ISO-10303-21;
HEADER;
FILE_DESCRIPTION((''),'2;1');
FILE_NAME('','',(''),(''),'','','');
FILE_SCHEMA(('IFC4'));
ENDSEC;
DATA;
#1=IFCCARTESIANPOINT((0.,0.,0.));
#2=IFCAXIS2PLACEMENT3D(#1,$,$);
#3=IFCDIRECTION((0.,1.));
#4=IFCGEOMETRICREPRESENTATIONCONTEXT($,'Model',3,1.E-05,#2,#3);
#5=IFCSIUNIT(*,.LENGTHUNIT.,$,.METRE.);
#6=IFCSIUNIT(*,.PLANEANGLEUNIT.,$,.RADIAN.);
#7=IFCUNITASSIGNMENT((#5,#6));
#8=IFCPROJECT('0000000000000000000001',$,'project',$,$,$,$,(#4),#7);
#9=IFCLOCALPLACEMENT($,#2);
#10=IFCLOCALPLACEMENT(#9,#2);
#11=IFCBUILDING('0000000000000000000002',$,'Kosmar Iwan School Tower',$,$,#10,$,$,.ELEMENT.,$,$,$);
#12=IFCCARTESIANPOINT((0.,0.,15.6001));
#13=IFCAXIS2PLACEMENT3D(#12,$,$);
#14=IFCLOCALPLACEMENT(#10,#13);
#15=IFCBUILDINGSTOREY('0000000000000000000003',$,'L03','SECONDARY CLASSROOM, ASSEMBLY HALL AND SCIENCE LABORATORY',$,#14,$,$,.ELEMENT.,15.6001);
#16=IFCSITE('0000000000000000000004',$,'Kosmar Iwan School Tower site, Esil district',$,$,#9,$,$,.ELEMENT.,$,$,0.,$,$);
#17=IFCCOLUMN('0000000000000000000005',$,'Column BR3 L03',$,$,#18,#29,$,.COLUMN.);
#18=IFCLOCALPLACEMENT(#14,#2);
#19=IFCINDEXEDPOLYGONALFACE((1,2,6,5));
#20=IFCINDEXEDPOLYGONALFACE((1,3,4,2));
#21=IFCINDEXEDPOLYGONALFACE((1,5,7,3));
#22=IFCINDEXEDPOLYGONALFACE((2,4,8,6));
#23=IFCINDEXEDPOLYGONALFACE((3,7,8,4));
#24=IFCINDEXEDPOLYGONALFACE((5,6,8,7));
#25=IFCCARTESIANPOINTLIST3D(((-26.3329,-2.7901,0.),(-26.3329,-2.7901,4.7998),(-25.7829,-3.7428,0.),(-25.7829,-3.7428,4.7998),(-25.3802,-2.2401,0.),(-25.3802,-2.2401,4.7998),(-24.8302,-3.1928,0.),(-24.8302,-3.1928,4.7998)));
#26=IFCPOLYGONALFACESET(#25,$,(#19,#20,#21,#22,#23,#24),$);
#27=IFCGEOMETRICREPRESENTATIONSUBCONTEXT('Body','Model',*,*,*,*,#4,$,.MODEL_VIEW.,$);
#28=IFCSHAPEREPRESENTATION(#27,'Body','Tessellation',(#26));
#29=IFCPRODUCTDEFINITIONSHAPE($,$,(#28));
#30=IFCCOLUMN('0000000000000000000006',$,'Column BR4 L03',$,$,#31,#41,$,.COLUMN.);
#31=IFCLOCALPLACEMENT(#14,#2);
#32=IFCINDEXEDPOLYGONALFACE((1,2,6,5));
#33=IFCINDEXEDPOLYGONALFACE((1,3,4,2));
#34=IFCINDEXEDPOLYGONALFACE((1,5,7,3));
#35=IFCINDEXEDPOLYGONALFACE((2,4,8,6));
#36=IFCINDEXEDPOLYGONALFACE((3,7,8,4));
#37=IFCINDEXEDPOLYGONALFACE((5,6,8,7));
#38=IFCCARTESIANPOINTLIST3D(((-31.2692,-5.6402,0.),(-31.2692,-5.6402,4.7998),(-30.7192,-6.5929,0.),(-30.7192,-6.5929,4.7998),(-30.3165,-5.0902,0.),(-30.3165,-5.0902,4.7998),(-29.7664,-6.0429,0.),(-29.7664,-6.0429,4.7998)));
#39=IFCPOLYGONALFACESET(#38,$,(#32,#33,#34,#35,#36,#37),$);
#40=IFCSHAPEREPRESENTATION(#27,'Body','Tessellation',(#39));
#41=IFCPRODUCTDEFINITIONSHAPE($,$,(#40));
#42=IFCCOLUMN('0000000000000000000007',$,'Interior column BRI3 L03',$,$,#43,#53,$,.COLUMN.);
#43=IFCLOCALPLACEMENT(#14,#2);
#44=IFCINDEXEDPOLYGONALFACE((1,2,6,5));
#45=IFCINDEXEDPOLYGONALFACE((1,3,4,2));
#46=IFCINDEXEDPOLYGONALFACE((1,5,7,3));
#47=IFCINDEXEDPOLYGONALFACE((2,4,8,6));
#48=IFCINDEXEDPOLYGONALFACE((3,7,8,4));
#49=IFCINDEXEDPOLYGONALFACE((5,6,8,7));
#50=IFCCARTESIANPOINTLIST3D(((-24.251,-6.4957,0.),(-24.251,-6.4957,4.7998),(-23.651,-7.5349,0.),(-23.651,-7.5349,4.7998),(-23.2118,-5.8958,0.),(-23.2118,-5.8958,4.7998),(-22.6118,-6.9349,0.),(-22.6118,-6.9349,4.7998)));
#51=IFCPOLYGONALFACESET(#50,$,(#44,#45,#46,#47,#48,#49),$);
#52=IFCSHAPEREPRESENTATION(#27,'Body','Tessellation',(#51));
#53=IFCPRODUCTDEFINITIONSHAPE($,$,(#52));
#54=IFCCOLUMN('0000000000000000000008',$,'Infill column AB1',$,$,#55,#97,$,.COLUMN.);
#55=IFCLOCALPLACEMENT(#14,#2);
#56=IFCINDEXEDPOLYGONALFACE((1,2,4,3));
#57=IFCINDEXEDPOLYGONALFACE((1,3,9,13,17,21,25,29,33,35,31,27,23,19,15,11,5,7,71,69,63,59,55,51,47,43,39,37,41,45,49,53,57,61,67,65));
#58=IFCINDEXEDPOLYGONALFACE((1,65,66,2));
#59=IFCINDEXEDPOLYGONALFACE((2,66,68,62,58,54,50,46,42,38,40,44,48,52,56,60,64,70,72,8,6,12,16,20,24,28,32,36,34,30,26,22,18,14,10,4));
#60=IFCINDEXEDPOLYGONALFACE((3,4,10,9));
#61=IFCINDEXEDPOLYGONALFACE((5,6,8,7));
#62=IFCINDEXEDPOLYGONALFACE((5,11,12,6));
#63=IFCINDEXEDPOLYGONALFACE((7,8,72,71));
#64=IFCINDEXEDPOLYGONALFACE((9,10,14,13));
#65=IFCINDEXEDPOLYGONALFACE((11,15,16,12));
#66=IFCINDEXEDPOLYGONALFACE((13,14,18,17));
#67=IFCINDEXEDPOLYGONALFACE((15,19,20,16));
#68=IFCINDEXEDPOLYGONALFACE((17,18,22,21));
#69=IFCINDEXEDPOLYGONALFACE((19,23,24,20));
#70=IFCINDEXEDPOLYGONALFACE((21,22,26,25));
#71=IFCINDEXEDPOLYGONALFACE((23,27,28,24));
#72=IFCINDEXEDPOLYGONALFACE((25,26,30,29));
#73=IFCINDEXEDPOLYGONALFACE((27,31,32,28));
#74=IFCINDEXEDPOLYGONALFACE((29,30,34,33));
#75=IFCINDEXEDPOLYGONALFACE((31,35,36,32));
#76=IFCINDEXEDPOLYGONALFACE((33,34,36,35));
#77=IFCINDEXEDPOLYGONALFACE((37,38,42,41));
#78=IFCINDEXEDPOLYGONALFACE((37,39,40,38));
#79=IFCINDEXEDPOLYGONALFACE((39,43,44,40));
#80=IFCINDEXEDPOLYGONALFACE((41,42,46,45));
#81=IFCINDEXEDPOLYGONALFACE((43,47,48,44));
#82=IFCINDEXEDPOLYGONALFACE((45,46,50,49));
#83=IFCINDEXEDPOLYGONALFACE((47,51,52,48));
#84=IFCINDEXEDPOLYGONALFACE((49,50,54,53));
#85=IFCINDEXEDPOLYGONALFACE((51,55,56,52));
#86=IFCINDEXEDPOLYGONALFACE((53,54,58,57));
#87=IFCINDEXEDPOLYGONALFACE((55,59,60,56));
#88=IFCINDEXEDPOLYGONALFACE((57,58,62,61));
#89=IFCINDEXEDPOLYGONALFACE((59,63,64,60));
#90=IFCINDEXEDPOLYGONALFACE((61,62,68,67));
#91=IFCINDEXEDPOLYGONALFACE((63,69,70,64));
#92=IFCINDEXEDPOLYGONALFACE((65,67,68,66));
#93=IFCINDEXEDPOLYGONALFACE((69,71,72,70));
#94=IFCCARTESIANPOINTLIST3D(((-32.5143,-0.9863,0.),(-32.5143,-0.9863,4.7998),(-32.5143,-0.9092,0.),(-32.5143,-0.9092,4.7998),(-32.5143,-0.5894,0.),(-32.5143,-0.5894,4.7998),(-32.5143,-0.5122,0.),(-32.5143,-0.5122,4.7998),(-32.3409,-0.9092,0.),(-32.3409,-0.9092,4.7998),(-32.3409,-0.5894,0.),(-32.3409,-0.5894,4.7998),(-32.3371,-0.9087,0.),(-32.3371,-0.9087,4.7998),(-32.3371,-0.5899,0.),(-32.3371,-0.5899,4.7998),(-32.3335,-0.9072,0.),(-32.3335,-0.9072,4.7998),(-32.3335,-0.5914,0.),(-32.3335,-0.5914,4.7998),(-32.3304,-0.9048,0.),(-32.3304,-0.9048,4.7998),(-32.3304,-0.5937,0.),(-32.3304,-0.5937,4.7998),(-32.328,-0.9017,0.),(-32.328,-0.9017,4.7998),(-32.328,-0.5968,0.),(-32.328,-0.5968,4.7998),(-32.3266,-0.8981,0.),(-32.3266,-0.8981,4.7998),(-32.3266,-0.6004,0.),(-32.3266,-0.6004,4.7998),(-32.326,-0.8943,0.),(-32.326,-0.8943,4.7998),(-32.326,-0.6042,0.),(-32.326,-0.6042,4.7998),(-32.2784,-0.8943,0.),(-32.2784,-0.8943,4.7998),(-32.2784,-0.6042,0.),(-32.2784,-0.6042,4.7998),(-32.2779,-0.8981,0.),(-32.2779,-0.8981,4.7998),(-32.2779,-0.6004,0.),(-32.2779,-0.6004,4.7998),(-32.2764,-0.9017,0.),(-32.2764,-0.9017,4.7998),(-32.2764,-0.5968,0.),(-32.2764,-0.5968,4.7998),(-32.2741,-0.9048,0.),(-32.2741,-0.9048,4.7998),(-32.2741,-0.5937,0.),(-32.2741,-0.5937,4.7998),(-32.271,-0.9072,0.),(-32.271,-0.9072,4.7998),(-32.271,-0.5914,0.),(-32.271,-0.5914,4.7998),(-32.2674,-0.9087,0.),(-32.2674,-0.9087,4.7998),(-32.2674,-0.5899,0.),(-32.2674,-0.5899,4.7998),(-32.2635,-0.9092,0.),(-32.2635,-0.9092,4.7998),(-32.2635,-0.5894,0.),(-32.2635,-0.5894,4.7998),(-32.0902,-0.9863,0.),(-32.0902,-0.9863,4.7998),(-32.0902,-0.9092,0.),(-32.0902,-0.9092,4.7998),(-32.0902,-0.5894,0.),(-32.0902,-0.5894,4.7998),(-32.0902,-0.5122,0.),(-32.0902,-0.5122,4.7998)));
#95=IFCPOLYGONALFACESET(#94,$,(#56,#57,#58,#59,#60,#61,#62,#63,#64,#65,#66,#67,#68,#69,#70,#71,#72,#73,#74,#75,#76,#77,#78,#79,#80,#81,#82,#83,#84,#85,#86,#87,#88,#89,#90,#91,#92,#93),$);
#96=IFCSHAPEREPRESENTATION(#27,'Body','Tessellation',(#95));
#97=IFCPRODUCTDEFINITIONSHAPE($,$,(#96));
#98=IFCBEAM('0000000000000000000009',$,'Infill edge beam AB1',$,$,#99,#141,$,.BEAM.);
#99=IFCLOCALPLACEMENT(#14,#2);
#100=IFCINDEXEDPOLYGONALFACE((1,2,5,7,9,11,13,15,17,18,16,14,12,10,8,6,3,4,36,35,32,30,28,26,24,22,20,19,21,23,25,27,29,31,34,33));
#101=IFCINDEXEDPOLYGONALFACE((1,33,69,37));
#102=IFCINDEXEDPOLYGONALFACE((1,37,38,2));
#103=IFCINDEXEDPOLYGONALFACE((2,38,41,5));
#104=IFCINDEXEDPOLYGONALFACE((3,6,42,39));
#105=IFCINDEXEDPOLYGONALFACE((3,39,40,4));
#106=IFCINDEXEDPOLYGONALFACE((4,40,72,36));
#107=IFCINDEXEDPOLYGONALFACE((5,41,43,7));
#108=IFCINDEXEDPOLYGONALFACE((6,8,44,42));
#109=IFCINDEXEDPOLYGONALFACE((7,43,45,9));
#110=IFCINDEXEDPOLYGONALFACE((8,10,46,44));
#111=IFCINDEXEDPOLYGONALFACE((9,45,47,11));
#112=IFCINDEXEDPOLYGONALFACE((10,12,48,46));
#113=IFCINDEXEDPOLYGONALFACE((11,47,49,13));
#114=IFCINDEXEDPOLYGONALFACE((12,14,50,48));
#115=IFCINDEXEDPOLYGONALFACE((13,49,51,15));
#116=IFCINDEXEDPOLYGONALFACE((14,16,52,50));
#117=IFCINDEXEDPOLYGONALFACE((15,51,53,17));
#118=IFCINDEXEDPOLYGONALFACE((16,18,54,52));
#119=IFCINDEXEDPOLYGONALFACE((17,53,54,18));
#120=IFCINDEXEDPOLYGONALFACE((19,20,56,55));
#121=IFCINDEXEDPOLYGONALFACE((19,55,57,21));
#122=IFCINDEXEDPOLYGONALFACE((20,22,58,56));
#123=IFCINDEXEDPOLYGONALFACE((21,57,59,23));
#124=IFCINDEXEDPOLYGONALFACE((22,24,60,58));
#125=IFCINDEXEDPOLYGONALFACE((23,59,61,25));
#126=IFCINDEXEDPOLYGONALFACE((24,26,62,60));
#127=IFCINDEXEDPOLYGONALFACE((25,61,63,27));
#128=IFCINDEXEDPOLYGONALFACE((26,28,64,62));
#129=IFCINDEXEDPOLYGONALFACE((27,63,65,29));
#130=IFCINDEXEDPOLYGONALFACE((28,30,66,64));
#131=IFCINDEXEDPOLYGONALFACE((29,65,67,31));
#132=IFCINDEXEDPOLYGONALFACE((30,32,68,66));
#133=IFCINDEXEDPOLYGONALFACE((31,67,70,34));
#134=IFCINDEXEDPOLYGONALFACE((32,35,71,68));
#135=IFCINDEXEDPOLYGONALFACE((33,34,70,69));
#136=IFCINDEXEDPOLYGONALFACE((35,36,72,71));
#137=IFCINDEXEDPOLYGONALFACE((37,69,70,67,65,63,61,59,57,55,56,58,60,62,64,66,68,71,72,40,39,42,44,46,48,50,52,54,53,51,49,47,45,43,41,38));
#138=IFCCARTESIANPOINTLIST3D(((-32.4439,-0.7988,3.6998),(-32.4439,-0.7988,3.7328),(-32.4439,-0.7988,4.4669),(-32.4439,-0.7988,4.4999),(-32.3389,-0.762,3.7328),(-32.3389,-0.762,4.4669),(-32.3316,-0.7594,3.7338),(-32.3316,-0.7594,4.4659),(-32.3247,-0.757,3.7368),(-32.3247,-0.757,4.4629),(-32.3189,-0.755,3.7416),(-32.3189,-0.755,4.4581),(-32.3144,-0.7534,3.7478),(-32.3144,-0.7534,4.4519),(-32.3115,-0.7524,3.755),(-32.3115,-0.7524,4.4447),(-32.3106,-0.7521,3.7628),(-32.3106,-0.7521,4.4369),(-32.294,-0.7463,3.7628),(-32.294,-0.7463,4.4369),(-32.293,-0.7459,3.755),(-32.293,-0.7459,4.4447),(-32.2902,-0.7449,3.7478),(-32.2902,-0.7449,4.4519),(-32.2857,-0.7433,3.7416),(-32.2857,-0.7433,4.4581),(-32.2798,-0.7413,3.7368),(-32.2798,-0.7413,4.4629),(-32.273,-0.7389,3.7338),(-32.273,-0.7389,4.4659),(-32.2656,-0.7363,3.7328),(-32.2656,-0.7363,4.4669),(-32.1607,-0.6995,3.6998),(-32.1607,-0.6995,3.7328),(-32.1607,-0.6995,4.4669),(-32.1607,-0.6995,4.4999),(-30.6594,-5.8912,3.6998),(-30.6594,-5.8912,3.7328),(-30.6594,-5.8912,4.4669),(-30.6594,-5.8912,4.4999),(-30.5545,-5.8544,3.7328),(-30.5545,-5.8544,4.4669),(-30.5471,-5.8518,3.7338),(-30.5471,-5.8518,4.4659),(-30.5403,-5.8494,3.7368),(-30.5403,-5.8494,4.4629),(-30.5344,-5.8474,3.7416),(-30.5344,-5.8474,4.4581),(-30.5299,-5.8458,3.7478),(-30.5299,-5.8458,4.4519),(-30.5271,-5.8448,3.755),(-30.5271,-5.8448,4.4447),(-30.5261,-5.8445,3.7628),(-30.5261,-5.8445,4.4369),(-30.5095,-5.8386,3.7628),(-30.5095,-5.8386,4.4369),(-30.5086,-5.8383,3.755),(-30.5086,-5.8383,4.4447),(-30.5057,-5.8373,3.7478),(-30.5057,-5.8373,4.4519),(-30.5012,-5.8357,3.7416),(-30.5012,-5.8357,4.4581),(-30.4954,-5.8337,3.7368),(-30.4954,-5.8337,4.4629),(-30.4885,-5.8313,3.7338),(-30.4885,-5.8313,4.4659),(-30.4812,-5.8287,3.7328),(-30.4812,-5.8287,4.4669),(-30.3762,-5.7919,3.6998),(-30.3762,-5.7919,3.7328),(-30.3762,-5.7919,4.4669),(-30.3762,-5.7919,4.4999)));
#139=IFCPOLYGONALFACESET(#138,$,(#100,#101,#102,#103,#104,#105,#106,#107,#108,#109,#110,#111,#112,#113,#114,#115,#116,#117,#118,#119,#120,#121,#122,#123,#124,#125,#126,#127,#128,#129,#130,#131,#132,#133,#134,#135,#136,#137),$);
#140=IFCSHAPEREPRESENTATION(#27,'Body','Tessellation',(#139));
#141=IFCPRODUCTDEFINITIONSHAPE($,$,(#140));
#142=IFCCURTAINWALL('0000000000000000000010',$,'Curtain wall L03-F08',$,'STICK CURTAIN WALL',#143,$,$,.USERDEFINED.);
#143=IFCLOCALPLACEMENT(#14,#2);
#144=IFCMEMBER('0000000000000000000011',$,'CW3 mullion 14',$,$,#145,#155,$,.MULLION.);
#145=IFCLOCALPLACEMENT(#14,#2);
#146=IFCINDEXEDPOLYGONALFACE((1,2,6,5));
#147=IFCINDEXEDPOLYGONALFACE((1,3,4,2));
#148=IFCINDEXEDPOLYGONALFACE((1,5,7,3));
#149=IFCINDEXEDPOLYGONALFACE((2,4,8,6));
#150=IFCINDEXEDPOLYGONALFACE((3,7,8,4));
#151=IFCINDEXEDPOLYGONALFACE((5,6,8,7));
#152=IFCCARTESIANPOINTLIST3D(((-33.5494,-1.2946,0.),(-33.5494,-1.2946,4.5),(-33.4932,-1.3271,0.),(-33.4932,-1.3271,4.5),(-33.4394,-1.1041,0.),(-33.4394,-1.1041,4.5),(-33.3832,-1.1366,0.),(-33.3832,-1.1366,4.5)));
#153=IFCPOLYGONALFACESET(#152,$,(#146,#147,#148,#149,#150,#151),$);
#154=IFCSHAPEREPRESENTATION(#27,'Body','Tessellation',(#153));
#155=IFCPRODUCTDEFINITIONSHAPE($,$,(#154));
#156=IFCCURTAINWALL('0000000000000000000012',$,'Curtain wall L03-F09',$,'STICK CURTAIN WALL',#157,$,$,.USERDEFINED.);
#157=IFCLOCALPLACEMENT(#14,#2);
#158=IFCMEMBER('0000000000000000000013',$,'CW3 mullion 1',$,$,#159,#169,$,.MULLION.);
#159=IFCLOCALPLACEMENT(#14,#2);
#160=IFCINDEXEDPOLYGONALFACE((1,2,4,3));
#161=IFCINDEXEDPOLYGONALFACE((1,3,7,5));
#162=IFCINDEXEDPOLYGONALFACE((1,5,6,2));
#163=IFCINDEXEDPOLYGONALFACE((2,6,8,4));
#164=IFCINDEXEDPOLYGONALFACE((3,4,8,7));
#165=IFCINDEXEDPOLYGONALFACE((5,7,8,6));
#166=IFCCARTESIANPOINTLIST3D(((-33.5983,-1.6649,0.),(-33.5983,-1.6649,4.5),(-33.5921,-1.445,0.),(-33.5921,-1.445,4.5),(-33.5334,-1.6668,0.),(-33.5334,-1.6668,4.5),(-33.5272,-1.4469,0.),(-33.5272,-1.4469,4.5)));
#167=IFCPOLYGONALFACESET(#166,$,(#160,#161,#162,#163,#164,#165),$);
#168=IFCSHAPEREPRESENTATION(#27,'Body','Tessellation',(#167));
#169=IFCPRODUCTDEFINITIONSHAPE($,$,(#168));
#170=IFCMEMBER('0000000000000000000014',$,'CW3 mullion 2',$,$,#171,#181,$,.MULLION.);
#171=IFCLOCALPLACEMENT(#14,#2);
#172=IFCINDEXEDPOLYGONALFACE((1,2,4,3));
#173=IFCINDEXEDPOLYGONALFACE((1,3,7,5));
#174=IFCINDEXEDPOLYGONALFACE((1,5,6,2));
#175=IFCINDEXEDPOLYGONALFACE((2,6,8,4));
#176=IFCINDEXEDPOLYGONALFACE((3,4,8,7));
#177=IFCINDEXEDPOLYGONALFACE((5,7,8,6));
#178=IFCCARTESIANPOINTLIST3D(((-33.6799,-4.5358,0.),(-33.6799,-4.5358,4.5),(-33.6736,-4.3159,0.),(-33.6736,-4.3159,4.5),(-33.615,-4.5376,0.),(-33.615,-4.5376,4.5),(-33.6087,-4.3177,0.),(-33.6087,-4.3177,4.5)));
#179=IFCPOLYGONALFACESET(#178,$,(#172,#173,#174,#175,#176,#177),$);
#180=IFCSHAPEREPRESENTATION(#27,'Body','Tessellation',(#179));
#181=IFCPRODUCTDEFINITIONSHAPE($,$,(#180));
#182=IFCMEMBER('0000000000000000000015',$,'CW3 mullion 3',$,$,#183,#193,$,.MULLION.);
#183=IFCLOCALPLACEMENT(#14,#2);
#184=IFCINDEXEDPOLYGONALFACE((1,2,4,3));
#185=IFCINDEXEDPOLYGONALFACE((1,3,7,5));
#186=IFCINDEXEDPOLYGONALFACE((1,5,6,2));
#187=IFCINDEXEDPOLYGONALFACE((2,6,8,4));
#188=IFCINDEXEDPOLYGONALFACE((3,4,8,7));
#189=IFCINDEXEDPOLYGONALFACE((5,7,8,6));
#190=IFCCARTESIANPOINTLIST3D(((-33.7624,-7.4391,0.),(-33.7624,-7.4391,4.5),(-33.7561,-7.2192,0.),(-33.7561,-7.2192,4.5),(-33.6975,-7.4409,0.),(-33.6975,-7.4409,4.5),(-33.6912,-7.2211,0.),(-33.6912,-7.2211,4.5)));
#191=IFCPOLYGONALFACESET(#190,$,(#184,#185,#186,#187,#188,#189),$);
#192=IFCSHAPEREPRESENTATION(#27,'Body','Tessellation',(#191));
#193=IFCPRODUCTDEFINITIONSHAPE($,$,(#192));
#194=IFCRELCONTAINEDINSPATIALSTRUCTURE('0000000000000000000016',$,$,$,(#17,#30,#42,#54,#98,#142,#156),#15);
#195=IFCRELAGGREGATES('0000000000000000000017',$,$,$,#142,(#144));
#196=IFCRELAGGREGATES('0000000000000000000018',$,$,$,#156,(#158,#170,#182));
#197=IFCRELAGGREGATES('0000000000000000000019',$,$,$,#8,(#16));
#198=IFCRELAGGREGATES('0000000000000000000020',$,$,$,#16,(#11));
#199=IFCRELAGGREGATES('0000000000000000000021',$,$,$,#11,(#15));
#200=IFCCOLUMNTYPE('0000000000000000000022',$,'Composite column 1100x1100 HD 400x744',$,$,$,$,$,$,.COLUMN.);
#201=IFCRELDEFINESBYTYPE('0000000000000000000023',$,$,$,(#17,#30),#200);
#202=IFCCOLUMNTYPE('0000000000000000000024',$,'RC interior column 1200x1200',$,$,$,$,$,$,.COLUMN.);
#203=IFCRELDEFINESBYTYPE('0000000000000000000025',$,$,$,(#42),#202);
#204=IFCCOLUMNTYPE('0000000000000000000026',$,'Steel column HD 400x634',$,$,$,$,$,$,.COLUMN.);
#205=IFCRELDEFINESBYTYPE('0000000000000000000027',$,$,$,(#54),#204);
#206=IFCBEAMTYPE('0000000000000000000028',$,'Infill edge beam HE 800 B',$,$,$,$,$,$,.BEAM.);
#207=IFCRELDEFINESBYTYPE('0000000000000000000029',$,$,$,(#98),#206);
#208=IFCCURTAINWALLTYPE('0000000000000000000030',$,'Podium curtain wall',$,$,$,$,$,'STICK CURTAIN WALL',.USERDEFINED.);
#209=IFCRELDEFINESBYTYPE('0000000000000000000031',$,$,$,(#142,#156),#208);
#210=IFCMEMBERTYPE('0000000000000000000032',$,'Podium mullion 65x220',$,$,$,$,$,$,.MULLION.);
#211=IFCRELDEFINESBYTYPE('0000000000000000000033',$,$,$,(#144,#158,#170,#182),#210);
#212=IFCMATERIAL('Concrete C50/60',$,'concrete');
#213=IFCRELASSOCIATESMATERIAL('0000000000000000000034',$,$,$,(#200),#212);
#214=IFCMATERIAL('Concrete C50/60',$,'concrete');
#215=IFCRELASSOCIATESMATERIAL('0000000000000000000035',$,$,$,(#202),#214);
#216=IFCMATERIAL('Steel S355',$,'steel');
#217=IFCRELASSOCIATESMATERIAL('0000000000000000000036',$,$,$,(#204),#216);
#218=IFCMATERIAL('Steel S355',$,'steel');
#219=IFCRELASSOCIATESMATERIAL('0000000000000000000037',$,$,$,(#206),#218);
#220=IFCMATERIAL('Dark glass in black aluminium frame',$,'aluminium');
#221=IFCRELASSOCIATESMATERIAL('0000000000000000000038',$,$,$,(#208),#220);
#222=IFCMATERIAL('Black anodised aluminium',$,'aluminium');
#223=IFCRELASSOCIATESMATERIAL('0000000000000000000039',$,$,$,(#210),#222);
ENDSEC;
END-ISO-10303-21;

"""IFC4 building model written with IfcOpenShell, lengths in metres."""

from ifc_helpers import new_model, si_unit, direction, frame, origin, origin_2d, place, context, subcontext, project, spatial, rectangle, i_section, extrude, material, material_profile, profile_set, type_object, element, aggregate, save


model = new_model("IFC4")

# Units and contexts
model_context = context("Model", 3, precision=1e-05, world=origin(), true_north=direction((0.0, 1.0)))
body_context = subcontext(model_context, "Body", "Model", "MODEL_VIEW")
ifc_project = project(units=[si_unit("LENGTHUNIT", "METRE"), si_unit("PLANEANGLEUNIT", "RADIAN")], contexts=[model_context])

# Site, building, storey
site_placement = place(None, origin())
site = spatial("IfcSite", under=ifc_project, at=site_placement, Name="Kosmar Iwan School Tower site, Esil district", CompositionType="ELEMENT", RefElevation=0.0)
building_placement = place(site_placement, origin())
building = spatial("IfcBuilding", under=site, at=building_placement, Name="Kosmar Iwan School Tower", CompositionType="ELEMENT")
storey_placement = place(building_placement, frame((0.0, 0.0, 15.6001)))
storey = spatial("IfcBuildingStorey", under=building, at=storey_placement, Name="L03", Description="SECONDARY CLASSROOM, ASSEMBLY HALL AND SCIENCE LABORATORY", CompositionType="ELEMENT", Elevation=15.6001)

# Columns
ifc_material_1 = material(Name="Concrete C50/60", Category="concrete")
ifc_material_profile_1 = material_profile(ifc_material_1, rectangle(XDim=1.1001, YDim=1.1001, at=origin_2d()), Name="RC 1100x1100 + HD 400x744")
ifc_profile_set_1 = profile_set([ifc_material_profile_1], Name="Concrete C50/60")
column_type_1 = type_object("IfcColumnType", Name="Composite column 1100x1100 HD 400x744", PredefinedType="COLUMN", material=ifc_profile_set_1)
for number, where, z_axis, x_axis, name in (
    (1, (-25.5815, -2.9915, 0.0), (0.0, 0.0, 1.0), (-0.866025, -0.5, 0.0), "Column BR3 L03"),
    (2, (-30.5178, -5.8416, 0.0), (0.0, 0.0, 1.0), (-0.866025, -0.5, 0.0), "Column BR4 L03"),
):
    element("IfcColumn", number, at=place(storey_placement, frame(where, z_axis=z_axis, x_axis=x_axis)), inside=storey, type_object=column_type_1, Name=name, PredefinedType="COLUMN", context=body_context, shape_type="SweptSolid", body=[
        extrude(rectangle(XDim=1.1001, YDim=1.1001, at=origin_2d()), origin(), (0.0, 0.0, 1.0), 4.7998),
    ])
ifc_material_2 = material(Name="Concrete C50/60", Category="concrete")
ifc_material_profile_2 = material_profile(ifc_material_2, rectangle(XDim=1.2, YDim=1.2, at=origin_2d()), Name="RC 1200x1200")
ifc_profile_set_2 = profile_set([ifc_material_profile_2], Name="Concrete C50/60")
column_type_2 = type_object("IfcColumnType", Name="RC interior column 1200x1200", PredefinedType="COLUMN", material=ifc_profile_set_2)
column_1_placement = place(storey_placement, frame((-23.4314, -6.7153, 0.0), z_axis=(0.0, 0.0, 1.0), x_axis=(-0.866025, -0.5, 0.0)))
element("IfcColumn", 3, at=column_1_placement, inside=storey, type_object=column_type_2, Name="Interior column BRI3 L03", PredefinedType="COLUMN", context=body_context, shape_type="SweptSolid", body=[
    extrude(rectangle(XDim=1.2, YDim=1.2, at=origin_2d()), origin(), (0.0, 0.0, 1.0), 4.7998),
])
ifc_material_3 = material(Name="Steel S355", Category="steel")
ifc_material_profile_3 = material_profile(ifc_material_3, i_section(OverallWidth=0.4241, OverallDepth=0.4741, WebThickness=0.0476, FlangeThickness=0.0771, FilletRadius=0.0149, at=origin_2d()), Name="HD 400x634")
ifc_profile_set_3 = profile_set([ifc_material_profile_3], Name="Steel S355")
column_type_3 = type_object("IfcColumnType", Name="Steel column HD 400x634", PredefinedType="COLUMN", material=ifc_profile_set_3)
column_2_placement = place(storey_placement, frame((-32.3022, -0.7493, 0.0), z_axis=(0.0, 0.0, 1.0), x_axis=(1.0, 0.0, 0.0)))
element("IfcColumn", 4, at=column_2_placement, inside=storey, type_object=column_type_3, Name="Infill column AB1", PredefinedType="COLUMN", context=body_context, shape_type="SweptSolid", body=[
    extrude(i_section(OverallWidth=0.4241, OverallDepth=0.4741, WebThickness=0.0476, FlangeThickness=0.0771, FilletRadius=0.0149, at=origin_2d()), origin(), (0.0, 0.0, 1.0), 4.7998),
])

# Beam
ifc_material_4 = material(Name="Steel S355", Category="steel")
ifc_material_profile_4 = material_profile(ifc_material_4, i_section(OverallWidth=0.3, OverallDepth=0.8, WebThickness=0.0176, FlangeThickness=0.033, FilletRadius=0.03, at=origin_2d()), Name="HE 800 B")
ifc_profile_set_4 = profile_set([ifc_material_profile_4], Name="Steel S355")
beam_type_1 = type_object("IfcBeamType", Name="Infill edge beam HE 800 B", PredefinedType="BEAM", material=ifc_profile_set_4)
beam_1_placement = place(storey_placement, frame((-30.5178, -5.8416, 4.0999), z_axis=(-0.330701, 0.943736, 0.0), x_axis=(-0.943736, -0.330701, 0.0)))
element("IfcBeam", 5, at=beam_1_placement, inside=storey, type_object=beam_type_1, Name="Infill edge beam AB1", PredefinedType="BEAM", context=body_context, shape_type="SweptSolid", body=[
    extrude(i_section(OverallWidth=0.3, OverallDepth=0.8, WebThickness=0.0176, FlangeThickness=0.033, FilletRadius=0.03, at=origin_2d()), origin(), (0.0, 0.0, 1.0), 5.396),
])

# Curtain wall, member
ifc_material_5 = material(Name="Dark glass in black aluminium frame", Category="aluminium")
curtain_wall_type = type_object("IfcCurtainWallType", Name="Podium curtain wall", ElementType="STICK CURTAIN WALL", PredefinedType="USERDEFINED", material=ifc_material_5)
curtain_wall_1_placement = place(storey_placement, origin())
curtain_wall_1 = element("IfcCurtainWall", 6, at=curtain_wall_1_placement, inside=storey, type_object=curtain_wall_type, Name="Curtain wall L03-F08", ObjectType="STICK CURTAIN WALL", PredefinedType="USERDEFINED")
ifc_material_6 = material(Name="Black anodised aluminium", Category="aluminium")
ifc_material_profile_5 = material_profile(ifc_material_6, rectangle(XDim=0.0649, YDim=0.22, at=origin_2d()), Name="MULLION 65x220")
ifc_profile_set_5 = profile_set([ifc_material_profile_5], Name="Black anodised aluminium")
member_type_1 = type_object("IfcMemberType", Name="Podium mullion 65x220", PredefinedType="MULLION", material=ifc_profile_set_5)
member_1_placement = place(storey_placement, frame((-33.4663, -1.2156, 0.0), z_axis=(0.0, 0.0, 1.0), x_axis=(0.866025, -0.5, 0.0)))
member_1 = element("IfcMember", 7, at=member_1_placement, type_object=member_type_1, Name="CW3 mullion 14", PredefinedType="MULLION", context=body_context, shape_type="SweptSolid", body=[
    extrude(rectangle(XDim=0.0649, YDim=0.22, at=origin_2d()), origin(), (0.0, 0.0, 1.0), 4.5),
])
aggregate(curtain_wall_1, [member_1])

# Curtain wall, members
curtain_wall_2_placement = place(storey_placement, origin())
curtain_wall_2 = element("IfcCurtainWall", 8, at=curtain_wall_2_placement, inside=storey, type_object=curtain_wall_type, Name="Curtain wall L03-F09", ObjectType="STICK CURTAIN WALL", PredefinedType="USERDEFINED")
member_2_placement = place(storey_placement, frame((-33.5627, -1.5559, 0.0), z_axis=(0.0, 0.0, 1.0), x_axis=(0.999597, -0.028386, 0.0)))
member_2 = element("IfcMember", 9, at=member_2_placement, type_object=member_type_1, Name="CW3 mullion 1", PredefinedType="MULLION", context=body_context, shape_type="SweptSolid", body=[
    extrude(rectangle(XDim=0.0649, YDim=0.22, at=origin_2d()), origin(), (0.0, 0.0, 1.0), 4.5),
])
member_3_placement = place(storey_placement, frame((-33.6443, -4.4268, 0.0), z_axis=(0.0, 0.0, 1.0), x_axis=(0.999597, -0.028386, 0.0)))
member_3 = element("IfcMember", 10, at=member_3_placement, type_object=member_type_1, Name="CW3 mullion 2", PredefinedType="MULLION", context=body_context, shape_type="SweptSolid", body=[
    extrude(rectangle(XDim=0.0649, YDim=0.22, at=origin_2d()), origin(), (0.0, 0.0, 1.0), 4.5),
])
member_4_placement = place(storey_placement, frame((-33.7268, -7.3301, 0.0), z_axis=(0.0, 0.0, 1.0), x_axis=(0.999597, -0.028386, 0.0)))
member_4 = element("IfcMember", 11, at=member_4_placement, type_object=member_type_1, Name="CW3 mullion 3", PredefinedType="MULLION", context=body_context, shape_type="SweptSolid", body=[
    extrude(rectangle(XDim=0.0649, YDim=0.22, at=origin_2d()), origin(), (0.0, 0.0, 1.0), 4.5),
])

aggregate(curtain_wall_2, [member_2, member_3, member_4])

save(model, "model.ifc")
